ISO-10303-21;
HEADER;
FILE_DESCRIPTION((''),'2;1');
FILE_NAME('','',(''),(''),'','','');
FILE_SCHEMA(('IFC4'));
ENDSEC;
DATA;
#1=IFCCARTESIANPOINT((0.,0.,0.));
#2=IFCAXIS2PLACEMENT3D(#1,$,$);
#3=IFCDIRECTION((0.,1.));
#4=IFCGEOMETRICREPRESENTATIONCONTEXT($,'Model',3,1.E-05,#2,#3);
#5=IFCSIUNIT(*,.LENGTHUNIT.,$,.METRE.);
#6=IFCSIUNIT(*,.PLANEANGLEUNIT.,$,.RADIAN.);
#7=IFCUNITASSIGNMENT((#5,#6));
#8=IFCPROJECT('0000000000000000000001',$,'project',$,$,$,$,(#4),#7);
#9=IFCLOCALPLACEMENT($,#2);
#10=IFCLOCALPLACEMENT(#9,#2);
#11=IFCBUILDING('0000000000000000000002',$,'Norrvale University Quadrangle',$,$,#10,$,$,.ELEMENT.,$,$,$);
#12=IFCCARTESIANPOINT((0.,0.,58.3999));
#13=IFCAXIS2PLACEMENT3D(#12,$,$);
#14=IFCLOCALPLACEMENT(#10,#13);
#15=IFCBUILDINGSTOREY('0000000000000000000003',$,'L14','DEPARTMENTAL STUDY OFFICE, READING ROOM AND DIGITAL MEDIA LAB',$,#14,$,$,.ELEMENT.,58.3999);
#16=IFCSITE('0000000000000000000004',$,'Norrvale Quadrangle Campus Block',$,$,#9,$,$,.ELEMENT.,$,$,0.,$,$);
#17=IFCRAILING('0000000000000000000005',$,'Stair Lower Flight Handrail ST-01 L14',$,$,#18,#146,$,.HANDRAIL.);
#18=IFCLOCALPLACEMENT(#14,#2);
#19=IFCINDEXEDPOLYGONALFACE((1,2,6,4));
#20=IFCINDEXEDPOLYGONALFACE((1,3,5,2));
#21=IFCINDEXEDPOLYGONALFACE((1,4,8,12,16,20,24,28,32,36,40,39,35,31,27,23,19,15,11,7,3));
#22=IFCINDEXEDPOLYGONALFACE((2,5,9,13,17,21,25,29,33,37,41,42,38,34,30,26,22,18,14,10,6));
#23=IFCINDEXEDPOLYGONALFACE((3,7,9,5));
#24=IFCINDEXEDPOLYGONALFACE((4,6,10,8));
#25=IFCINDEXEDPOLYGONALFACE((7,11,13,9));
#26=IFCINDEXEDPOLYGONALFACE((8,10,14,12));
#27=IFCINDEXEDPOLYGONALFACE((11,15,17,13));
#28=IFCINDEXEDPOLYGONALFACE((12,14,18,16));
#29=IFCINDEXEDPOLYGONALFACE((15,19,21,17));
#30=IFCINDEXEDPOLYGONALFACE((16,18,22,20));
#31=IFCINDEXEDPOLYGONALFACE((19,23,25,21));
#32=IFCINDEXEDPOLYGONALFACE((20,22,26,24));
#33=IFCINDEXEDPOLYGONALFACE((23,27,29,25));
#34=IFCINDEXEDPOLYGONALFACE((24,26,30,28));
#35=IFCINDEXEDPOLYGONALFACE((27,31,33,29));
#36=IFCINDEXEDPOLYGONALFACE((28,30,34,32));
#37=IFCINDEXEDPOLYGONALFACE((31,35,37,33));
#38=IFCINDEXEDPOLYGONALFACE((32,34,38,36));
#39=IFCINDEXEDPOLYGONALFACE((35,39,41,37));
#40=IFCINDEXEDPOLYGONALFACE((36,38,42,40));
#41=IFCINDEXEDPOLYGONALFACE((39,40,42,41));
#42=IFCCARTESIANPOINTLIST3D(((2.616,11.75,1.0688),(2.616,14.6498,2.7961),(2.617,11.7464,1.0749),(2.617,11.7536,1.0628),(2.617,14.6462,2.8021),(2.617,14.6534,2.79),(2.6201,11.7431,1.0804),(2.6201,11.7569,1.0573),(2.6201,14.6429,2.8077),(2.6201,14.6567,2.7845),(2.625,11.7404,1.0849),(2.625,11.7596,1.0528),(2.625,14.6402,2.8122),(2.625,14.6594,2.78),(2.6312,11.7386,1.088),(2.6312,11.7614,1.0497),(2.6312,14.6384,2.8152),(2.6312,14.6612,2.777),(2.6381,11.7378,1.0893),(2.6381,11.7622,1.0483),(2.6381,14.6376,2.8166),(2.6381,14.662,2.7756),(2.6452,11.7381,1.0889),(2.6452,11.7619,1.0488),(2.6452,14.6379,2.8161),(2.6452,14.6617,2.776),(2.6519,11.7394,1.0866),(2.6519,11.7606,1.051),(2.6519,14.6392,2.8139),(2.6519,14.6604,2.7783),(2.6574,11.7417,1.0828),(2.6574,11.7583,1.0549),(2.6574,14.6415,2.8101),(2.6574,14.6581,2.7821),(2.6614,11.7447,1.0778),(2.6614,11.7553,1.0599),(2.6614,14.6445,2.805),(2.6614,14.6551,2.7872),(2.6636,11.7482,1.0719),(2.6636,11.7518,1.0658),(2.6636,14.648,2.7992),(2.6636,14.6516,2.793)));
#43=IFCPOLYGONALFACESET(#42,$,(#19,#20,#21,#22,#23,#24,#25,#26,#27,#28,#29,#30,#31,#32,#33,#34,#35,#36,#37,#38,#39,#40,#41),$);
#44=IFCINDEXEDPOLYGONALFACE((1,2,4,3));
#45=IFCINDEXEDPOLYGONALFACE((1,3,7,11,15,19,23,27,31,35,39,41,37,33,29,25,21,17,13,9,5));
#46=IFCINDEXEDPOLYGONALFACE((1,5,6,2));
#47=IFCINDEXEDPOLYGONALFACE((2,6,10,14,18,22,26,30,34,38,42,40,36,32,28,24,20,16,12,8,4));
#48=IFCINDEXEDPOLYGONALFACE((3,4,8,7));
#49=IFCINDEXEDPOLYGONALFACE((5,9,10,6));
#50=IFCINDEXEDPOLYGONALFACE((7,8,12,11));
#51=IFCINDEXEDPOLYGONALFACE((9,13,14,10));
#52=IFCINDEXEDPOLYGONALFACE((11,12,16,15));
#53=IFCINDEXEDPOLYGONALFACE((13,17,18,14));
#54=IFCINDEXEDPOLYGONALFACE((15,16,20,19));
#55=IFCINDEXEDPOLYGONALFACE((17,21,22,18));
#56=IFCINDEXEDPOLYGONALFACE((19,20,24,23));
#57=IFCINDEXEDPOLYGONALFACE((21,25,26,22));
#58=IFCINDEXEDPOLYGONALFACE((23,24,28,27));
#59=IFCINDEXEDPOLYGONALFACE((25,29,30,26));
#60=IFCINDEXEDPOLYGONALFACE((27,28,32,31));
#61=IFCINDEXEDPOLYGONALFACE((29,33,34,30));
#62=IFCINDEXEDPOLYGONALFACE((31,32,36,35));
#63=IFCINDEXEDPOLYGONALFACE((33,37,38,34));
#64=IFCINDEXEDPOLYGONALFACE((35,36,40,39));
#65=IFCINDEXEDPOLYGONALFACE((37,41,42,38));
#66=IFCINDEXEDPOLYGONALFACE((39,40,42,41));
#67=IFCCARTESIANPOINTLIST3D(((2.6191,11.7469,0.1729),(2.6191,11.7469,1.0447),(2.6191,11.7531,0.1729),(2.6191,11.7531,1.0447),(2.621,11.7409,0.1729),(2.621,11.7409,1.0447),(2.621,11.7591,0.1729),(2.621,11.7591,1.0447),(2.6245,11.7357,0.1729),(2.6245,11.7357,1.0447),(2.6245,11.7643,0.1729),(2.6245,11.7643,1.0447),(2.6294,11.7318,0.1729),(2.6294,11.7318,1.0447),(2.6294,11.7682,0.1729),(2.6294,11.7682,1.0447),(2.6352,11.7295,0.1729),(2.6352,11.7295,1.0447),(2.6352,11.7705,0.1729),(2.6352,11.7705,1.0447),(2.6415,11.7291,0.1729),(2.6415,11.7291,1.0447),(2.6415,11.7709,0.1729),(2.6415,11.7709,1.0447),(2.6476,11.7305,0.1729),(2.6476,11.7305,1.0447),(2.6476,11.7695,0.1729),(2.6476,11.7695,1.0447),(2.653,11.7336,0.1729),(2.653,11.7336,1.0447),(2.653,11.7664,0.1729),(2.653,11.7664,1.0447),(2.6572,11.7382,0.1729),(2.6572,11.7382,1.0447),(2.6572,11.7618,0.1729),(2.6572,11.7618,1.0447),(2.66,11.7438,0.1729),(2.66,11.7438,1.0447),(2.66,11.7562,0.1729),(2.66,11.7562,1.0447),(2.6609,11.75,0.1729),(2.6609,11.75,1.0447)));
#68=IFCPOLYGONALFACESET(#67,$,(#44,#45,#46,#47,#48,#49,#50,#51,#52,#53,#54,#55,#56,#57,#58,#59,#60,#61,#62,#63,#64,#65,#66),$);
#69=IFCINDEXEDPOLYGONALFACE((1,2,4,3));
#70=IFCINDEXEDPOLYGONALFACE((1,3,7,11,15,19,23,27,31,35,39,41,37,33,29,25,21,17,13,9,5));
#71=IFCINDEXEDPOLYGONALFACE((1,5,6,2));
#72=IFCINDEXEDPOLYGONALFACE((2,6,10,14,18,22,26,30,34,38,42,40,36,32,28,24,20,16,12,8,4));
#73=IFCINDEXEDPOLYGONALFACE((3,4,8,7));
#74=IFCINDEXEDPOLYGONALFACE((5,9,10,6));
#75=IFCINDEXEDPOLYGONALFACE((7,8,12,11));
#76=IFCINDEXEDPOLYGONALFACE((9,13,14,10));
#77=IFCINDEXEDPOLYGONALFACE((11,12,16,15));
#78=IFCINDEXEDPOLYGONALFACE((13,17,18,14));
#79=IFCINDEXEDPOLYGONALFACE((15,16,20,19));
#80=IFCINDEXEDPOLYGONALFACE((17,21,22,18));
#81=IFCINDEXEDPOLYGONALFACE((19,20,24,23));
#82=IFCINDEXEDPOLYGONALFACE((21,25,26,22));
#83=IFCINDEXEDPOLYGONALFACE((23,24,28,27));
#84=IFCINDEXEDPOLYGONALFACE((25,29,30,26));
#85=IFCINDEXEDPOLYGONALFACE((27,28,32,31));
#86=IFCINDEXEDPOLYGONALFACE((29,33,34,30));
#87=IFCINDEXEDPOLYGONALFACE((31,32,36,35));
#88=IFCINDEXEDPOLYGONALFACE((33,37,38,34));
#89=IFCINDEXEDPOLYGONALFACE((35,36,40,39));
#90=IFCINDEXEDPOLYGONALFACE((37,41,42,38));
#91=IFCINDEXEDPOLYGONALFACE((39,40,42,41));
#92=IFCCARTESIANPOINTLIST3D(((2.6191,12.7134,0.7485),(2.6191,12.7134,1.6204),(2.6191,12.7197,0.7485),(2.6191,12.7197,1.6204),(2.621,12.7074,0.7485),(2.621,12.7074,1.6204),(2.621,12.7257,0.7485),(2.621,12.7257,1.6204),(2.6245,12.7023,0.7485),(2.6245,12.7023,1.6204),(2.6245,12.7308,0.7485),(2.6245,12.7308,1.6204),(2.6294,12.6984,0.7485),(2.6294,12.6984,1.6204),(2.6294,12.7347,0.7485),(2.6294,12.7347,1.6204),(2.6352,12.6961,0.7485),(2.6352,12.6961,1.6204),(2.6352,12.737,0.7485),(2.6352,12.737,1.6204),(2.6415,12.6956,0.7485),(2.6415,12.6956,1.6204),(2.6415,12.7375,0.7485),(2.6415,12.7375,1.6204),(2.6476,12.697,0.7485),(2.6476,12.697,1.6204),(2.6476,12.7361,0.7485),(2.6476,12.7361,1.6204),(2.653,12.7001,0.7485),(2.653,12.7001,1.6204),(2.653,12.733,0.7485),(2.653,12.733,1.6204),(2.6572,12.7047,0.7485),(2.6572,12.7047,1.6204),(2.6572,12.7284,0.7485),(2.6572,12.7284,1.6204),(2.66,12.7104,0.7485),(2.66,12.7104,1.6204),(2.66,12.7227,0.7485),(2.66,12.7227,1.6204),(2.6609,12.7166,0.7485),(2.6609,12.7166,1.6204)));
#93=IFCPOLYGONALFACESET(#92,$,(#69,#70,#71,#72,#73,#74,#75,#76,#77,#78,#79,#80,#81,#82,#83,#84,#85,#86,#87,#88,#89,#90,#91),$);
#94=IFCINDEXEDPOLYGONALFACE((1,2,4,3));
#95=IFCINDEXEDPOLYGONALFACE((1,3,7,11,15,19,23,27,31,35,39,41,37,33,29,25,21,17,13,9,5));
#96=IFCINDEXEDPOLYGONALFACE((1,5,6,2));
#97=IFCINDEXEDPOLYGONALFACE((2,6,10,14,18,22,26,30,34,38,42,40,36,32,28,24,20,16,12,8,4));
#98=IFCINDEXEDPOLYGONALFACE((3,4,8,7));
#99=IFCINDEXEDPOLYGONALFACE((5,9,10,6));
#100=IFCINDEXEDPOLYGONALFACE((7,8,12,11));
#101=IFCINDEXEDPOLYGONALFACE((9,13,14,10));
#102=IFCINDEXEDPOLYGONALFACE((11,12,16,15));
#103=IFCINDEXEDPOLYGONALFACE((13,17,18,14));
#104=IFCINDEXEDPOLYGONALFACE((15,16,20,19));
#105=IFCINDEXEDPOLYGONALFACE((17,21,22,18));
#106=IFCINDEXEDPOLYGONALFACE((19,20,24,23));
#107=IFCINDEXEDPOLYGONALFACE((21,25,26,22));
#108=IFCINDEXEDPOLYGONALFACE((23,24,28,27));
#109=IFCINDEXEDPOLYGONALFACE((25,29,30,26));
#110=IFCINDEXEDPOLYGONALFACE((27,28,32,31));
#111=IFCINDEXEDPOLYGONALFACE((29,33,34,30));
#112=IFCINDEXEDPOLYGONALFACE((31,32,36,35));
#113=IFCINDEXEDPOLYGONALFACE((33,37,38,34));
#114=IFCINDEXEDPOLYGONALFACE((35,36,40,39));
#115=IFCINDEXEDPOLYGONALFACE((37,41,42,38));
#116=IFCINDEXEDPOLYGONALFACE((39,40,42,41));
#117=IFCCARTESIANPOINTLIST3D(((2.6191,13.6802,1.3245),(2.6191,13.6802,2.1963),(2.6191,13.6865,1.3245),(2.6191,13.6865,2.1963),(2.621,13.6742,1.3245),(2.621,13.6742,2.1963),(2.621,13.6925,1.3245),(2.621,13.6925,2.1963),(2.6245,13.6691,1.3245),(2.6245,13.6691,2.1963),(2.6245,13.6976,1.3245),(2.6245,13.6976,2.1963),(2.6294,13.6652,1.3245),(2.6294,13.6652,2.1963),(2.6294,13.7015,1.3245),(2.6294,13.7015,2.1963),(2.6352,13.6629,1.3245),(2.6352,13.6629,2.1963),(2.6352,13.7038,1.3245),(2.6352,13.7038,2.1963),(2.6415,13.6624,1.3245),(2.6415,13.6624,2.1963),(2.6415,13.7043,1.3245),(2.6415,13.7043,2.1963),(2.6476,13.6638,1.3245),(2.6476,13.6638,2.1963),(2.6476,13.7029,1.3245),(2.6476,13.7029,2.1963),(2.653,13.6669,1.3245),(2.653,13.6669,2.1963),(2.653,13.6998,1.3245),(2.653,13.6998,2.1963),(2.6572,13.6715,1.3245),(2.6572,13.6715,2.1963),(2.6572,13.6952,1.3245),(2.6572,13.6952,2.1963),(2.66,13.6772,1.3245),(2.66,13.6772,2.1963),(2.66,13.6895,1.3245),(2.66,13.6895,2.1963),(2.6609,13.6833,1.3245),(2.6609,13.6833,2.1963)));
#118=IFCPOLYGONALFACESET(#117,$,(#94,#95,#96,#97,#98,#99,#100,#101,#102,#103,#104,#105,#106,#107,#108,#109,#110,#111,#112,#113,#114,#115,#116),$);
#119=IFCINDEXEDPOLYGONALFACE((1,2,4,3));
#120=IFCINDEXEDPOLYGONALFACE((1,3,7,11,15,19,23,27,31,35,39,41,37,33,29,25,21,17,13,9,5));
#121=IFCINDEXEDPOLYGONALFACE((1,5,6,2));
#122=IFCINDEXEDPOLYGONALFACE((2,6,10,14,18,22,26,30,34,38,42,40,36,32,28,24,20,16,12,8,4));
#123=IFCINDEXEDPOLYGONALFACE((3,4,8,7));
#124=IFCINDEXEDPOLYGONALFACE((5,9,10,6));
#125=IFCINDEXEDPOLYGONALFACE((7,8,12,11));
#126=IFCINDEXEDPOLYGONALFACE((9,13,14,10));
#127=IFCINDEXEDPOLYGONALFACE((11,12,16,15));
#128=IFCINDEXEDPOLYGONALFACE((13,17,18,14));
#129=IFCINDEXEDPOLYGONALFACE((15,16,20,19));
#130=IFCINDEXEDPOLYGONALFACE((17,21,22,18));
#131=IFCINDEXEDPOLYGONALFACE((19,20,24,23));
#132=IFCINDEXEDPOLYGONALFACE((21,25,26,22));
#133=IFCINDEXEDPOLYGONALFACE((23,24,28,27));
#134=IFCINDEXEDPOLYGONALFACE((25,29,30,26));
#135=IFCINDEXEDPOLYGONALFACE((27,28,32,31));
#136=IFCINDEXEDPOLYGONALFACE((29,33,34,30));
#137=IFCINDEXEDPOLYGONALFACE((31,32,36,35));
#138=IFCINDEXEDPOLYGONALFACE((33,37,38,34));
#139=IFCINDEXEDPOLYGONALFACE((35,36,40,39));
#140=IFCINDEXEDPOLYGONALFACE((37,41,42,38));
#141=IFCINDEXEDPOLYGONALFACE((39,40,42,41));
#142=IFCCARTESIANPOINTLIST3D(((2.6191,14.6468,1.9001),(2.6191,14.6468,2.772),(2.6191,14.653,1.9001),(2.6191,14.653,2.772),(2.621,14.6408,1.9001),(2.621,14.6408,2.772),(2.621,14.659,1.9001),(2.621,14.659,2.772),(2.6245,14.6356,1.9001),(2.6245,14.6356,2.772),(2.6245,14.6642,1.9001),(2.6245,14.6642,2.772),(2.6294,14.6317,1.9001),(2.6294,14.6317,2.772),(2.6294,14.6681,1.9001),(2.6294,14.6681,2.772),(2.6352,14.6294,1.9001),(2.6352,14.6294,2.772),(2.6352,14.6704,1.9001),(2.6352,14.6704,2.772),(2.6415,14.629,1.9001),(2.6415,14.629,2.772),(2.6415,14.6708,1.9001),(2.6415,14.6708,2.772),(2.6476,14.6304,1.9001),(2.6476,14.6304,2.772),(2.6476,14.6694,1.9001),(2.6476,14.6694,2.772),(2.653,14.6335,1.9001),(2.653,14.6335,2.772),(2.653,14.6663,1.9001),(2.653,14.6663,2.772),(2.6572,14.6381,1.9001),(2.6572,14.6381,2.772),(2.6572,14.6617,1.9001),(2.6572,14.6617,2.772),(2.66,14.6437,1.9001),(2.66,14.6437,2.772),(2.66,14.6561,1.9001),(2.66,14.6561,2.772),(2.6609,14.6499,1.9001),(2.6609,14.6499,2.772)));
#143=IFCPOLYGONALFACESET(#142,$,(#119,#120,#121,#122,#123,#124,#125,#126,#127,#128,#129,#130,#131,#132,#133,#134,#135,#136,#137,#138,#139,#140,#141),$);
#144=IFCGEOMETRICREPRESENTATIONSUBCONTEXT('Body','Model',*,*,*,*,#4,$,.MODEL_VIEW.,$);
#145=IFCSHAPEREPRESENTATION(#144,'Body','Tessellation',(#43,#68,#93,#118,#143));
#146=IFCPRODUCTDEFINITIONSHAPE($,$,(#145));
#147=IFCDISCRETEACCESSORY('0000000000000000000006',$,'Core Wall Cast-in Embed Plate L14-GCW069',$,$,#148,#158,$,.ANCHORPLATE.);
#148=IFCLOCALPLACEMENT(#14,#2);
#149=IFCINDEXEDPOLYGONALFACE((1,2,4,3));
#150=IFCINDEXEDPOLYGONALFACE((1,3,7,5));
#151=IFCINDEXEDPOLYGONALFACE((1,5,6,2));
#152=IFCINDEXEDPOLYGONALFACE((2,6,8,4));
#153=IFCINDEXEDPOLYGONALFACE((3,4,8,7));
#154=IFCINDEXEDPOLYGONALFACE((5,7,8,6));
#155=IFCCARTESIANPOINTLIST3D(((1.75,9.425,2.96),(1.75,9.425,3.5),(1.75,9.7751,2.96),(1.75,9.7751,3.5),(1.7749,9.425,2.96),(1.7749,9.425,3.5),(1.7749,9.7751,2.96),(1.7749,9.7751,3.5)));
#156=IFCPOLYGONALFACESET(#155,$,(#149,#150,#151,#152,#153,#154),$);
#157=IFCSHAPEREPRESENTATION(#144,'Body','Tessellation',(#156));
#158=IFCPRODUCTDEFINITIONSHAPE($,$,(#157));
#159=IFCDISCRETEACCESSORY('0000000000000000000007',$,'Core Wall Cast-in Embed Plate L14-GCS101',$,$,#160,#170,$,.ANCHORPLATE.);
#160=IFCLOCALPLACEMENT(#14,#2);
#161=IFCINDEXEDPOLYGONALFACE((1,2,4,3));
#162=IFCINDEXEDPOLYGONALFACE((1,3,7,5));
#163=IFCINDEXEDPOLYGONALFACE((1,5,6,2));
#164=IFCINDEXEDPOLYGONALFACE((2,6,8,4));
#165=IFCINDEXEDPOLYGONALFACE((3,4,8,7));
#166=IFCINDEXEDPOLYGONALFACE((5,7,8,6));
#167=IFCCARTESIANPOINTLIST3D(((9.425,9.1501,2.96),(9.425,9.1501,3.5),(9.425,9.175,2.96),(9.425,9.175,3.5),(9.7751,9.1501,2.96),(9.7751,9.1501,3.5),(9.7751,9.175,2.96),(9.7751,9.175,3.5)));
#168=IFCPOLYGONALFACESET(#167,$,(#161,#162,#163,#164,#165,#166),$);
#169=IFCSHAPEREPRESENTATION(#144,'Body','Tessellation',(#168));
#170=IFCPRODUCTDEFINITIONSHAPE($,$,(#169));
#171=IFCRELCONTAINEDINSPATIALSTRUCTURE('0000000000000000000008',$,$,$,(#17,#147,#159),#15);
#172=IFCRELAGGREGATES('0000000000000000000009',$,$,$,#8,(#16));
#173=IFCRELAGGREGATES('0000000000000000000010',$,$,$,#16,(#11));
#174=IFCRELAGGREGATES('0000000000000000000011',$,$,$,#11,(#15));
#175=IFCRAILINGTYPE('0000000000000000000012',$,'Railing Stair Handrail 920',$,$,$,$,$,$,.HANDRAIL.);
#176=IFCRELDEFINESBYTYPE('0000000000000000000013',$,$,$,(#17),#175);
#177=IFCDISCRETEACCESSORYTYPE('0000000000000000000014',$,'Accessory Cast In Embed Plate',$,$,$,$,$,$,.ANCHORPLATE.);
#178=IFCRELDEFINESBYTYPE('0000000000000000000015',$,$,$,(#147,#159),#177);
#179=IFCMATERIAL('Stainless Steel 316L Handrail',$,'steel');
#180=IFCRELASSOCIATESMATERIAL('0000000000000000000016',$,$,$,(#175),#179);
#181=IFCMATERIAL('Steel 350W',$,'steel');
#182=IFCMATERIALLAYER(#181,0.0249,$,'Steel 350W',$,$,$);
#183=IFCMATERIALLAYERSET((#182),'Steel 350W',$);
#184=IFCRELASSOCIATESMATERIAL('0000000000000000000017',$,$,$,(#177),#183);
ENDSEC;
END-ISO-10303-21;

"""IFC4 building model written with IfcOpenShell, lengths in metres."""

from ifc_helpers import new_model, si_unit, direction, frame, origin, origin_2d, place, context, subcontext, project, spatial, rectangle, circle, extrude, material, layer, layer_set, type_object, element, save


model = new_model("IFC4")

# Units and contexts
model_context = context("Model", 3, precision=1e-05, world=origin(), true_north=direction((0.0, 1.0)))
body_context = subcontext(model_context, "Body", "Model", "MODEL_VIEW")
ifc_project = project(units=[si_unit("LENGTHUNIT", "METRE"), si_unit("PLANEANGLEUNIT", "RADIAN")], contexts=[model_context])

# Site, building, storey
site_placement = place(None, origin())
site = spatial("IfcSite", under=ifc_project, at=site_placement, Name="Norrvale Quadrangle Campus Block", CompositionType="ELEMENT", RefElevation=0.0)
building_placement = place(site_placement, origin())
building = spatial("IfcBuilding", under=site, at=building_placement, Name="Norrvale University Quadrangle", CompositionType="ELEMENT")
storey_placement = place(building_placement, frame((0.0, 0.0, 58.3999)))
storey = spatial("IfcBuildingStorey", under=building, at=storey_placement, Name="L14", Description="DEPARTMENTAL STUDY OFFICE, READING ROOM AND DIGITAL MEDIA LAB", CompositionType="ELEMENT", Elevation=58.3999)

# Shared definitions
ifc_material_1 = material(Name="Steel 350W", Category="steel")

# Railing
ifc_material_2 = material(Name="Stainless Steel 316L Handrail", Category="steel")
railing_type_1 = type_object("IfcRailingType", Name="Railing Stair Handrail 920", PredefinedType="HANDRAIL", material=ifc_material_2)
railing_placement = place(storey_placement, frame((2.6399, 11.75, 0.1729)))
element("IfcRailing", 1, at=railing_placement, inside=storey, type_object=railing_type_1, Name="Stair Lower Flight Handrail ST-01 L14", PredefinedType="HANDRAIL", context=body_context, shape_type="SweptSolid", body=[
    extrude(circle(Radius=0.0239, at=origin_2d()), frame((0.0, 0.0, 0.896), z_axis=(0.0, 0.859141, 0.511738), x_axis=(-1.0, 0.0, 0.0)), (0.0, 0.0, 1.0), 3.3752),
    extrude(circle(Radius=0.021, at=origin_2d()), origin(), (0.0, 0.0, 1.0), 0.8718),
    extrude(circle(Radius=0.021, at=origin_2d()), frame((0.0, 0.9666, 0.5757)), (0.0, 0.0, 1.0), 0.8718),
    extrude(circle(Radius=0.021, at=origin_2d()), frame((0.0, 1.9333, 1.1516)), (0.0, 0.0, 1.0), 0.8718),
    extrude(circle(Radius=0.021, at=origin_2d()), frame((0.0, 2.8999, 1.7273)), (0.0, 0.0, 1.0), 0.8718),
])

# Discrete accessories
ifc_layer_1 = layer(ifc_material_1, 0.0249, Name="Steel 350W")
ifc_layer_set_1 = layer_set([ifc_layer_1], Name="Steel 350W")
discrete_accessory_type = type_object("IfcDiscreteAccessoryType", Name="Accessory Cast In Embed Plate", PredefinedType="ANCHORPLATE", material=ifc_layer_set_1)
discrete_accessory_1_placement = place(storey_placement, frame((1.7625, 9.6001, 2.96), z_axis=(0.0, 0.0, 1.0), x_axis=(1.0, 0.0, 0.0)))
element("IfcDiscreteAccessory", 2, at=discrete_accessory_1_placement, inside=storey, type_object=discrete_accessory_type, Name="Core Wall Cast-in Embed Plate L14-GCW069", PredefinedType="ANCHORPLATE", context=body_context, shape_type="SweptSolid", body=[
    extrude(rectangle(XDim=0.0249, YDim=0.3501, at=origin_2d()), origin(), (0.0, 0.0, 1.0), 0.54),
])
discrete_accessory_2_placement = place(storey_placement, frame((9.6001, 9.1626, 2.96), z_axis=(0.0, 0.0, 1.0), x_axis=(1.0, 0.0, 0.0)))
element("IfcDiscreteAccessory", 3, at=discrete_accessory_2_placement, inside=storey, type_object=discrete_accessory_type, Name="Core Wall Cast-in Embed Plate L14-GCS101", PredefinedType="ANCHORPLATE", context=body_context, shape_type="SweptSolid", body=[
    extrude(rectangle(XDim=0.3501, YDim=0.0249, at=origin_2d()), origin(), (0.0, 0.0, 1.0), 0.54),
])

save(model, "model.ifc")
